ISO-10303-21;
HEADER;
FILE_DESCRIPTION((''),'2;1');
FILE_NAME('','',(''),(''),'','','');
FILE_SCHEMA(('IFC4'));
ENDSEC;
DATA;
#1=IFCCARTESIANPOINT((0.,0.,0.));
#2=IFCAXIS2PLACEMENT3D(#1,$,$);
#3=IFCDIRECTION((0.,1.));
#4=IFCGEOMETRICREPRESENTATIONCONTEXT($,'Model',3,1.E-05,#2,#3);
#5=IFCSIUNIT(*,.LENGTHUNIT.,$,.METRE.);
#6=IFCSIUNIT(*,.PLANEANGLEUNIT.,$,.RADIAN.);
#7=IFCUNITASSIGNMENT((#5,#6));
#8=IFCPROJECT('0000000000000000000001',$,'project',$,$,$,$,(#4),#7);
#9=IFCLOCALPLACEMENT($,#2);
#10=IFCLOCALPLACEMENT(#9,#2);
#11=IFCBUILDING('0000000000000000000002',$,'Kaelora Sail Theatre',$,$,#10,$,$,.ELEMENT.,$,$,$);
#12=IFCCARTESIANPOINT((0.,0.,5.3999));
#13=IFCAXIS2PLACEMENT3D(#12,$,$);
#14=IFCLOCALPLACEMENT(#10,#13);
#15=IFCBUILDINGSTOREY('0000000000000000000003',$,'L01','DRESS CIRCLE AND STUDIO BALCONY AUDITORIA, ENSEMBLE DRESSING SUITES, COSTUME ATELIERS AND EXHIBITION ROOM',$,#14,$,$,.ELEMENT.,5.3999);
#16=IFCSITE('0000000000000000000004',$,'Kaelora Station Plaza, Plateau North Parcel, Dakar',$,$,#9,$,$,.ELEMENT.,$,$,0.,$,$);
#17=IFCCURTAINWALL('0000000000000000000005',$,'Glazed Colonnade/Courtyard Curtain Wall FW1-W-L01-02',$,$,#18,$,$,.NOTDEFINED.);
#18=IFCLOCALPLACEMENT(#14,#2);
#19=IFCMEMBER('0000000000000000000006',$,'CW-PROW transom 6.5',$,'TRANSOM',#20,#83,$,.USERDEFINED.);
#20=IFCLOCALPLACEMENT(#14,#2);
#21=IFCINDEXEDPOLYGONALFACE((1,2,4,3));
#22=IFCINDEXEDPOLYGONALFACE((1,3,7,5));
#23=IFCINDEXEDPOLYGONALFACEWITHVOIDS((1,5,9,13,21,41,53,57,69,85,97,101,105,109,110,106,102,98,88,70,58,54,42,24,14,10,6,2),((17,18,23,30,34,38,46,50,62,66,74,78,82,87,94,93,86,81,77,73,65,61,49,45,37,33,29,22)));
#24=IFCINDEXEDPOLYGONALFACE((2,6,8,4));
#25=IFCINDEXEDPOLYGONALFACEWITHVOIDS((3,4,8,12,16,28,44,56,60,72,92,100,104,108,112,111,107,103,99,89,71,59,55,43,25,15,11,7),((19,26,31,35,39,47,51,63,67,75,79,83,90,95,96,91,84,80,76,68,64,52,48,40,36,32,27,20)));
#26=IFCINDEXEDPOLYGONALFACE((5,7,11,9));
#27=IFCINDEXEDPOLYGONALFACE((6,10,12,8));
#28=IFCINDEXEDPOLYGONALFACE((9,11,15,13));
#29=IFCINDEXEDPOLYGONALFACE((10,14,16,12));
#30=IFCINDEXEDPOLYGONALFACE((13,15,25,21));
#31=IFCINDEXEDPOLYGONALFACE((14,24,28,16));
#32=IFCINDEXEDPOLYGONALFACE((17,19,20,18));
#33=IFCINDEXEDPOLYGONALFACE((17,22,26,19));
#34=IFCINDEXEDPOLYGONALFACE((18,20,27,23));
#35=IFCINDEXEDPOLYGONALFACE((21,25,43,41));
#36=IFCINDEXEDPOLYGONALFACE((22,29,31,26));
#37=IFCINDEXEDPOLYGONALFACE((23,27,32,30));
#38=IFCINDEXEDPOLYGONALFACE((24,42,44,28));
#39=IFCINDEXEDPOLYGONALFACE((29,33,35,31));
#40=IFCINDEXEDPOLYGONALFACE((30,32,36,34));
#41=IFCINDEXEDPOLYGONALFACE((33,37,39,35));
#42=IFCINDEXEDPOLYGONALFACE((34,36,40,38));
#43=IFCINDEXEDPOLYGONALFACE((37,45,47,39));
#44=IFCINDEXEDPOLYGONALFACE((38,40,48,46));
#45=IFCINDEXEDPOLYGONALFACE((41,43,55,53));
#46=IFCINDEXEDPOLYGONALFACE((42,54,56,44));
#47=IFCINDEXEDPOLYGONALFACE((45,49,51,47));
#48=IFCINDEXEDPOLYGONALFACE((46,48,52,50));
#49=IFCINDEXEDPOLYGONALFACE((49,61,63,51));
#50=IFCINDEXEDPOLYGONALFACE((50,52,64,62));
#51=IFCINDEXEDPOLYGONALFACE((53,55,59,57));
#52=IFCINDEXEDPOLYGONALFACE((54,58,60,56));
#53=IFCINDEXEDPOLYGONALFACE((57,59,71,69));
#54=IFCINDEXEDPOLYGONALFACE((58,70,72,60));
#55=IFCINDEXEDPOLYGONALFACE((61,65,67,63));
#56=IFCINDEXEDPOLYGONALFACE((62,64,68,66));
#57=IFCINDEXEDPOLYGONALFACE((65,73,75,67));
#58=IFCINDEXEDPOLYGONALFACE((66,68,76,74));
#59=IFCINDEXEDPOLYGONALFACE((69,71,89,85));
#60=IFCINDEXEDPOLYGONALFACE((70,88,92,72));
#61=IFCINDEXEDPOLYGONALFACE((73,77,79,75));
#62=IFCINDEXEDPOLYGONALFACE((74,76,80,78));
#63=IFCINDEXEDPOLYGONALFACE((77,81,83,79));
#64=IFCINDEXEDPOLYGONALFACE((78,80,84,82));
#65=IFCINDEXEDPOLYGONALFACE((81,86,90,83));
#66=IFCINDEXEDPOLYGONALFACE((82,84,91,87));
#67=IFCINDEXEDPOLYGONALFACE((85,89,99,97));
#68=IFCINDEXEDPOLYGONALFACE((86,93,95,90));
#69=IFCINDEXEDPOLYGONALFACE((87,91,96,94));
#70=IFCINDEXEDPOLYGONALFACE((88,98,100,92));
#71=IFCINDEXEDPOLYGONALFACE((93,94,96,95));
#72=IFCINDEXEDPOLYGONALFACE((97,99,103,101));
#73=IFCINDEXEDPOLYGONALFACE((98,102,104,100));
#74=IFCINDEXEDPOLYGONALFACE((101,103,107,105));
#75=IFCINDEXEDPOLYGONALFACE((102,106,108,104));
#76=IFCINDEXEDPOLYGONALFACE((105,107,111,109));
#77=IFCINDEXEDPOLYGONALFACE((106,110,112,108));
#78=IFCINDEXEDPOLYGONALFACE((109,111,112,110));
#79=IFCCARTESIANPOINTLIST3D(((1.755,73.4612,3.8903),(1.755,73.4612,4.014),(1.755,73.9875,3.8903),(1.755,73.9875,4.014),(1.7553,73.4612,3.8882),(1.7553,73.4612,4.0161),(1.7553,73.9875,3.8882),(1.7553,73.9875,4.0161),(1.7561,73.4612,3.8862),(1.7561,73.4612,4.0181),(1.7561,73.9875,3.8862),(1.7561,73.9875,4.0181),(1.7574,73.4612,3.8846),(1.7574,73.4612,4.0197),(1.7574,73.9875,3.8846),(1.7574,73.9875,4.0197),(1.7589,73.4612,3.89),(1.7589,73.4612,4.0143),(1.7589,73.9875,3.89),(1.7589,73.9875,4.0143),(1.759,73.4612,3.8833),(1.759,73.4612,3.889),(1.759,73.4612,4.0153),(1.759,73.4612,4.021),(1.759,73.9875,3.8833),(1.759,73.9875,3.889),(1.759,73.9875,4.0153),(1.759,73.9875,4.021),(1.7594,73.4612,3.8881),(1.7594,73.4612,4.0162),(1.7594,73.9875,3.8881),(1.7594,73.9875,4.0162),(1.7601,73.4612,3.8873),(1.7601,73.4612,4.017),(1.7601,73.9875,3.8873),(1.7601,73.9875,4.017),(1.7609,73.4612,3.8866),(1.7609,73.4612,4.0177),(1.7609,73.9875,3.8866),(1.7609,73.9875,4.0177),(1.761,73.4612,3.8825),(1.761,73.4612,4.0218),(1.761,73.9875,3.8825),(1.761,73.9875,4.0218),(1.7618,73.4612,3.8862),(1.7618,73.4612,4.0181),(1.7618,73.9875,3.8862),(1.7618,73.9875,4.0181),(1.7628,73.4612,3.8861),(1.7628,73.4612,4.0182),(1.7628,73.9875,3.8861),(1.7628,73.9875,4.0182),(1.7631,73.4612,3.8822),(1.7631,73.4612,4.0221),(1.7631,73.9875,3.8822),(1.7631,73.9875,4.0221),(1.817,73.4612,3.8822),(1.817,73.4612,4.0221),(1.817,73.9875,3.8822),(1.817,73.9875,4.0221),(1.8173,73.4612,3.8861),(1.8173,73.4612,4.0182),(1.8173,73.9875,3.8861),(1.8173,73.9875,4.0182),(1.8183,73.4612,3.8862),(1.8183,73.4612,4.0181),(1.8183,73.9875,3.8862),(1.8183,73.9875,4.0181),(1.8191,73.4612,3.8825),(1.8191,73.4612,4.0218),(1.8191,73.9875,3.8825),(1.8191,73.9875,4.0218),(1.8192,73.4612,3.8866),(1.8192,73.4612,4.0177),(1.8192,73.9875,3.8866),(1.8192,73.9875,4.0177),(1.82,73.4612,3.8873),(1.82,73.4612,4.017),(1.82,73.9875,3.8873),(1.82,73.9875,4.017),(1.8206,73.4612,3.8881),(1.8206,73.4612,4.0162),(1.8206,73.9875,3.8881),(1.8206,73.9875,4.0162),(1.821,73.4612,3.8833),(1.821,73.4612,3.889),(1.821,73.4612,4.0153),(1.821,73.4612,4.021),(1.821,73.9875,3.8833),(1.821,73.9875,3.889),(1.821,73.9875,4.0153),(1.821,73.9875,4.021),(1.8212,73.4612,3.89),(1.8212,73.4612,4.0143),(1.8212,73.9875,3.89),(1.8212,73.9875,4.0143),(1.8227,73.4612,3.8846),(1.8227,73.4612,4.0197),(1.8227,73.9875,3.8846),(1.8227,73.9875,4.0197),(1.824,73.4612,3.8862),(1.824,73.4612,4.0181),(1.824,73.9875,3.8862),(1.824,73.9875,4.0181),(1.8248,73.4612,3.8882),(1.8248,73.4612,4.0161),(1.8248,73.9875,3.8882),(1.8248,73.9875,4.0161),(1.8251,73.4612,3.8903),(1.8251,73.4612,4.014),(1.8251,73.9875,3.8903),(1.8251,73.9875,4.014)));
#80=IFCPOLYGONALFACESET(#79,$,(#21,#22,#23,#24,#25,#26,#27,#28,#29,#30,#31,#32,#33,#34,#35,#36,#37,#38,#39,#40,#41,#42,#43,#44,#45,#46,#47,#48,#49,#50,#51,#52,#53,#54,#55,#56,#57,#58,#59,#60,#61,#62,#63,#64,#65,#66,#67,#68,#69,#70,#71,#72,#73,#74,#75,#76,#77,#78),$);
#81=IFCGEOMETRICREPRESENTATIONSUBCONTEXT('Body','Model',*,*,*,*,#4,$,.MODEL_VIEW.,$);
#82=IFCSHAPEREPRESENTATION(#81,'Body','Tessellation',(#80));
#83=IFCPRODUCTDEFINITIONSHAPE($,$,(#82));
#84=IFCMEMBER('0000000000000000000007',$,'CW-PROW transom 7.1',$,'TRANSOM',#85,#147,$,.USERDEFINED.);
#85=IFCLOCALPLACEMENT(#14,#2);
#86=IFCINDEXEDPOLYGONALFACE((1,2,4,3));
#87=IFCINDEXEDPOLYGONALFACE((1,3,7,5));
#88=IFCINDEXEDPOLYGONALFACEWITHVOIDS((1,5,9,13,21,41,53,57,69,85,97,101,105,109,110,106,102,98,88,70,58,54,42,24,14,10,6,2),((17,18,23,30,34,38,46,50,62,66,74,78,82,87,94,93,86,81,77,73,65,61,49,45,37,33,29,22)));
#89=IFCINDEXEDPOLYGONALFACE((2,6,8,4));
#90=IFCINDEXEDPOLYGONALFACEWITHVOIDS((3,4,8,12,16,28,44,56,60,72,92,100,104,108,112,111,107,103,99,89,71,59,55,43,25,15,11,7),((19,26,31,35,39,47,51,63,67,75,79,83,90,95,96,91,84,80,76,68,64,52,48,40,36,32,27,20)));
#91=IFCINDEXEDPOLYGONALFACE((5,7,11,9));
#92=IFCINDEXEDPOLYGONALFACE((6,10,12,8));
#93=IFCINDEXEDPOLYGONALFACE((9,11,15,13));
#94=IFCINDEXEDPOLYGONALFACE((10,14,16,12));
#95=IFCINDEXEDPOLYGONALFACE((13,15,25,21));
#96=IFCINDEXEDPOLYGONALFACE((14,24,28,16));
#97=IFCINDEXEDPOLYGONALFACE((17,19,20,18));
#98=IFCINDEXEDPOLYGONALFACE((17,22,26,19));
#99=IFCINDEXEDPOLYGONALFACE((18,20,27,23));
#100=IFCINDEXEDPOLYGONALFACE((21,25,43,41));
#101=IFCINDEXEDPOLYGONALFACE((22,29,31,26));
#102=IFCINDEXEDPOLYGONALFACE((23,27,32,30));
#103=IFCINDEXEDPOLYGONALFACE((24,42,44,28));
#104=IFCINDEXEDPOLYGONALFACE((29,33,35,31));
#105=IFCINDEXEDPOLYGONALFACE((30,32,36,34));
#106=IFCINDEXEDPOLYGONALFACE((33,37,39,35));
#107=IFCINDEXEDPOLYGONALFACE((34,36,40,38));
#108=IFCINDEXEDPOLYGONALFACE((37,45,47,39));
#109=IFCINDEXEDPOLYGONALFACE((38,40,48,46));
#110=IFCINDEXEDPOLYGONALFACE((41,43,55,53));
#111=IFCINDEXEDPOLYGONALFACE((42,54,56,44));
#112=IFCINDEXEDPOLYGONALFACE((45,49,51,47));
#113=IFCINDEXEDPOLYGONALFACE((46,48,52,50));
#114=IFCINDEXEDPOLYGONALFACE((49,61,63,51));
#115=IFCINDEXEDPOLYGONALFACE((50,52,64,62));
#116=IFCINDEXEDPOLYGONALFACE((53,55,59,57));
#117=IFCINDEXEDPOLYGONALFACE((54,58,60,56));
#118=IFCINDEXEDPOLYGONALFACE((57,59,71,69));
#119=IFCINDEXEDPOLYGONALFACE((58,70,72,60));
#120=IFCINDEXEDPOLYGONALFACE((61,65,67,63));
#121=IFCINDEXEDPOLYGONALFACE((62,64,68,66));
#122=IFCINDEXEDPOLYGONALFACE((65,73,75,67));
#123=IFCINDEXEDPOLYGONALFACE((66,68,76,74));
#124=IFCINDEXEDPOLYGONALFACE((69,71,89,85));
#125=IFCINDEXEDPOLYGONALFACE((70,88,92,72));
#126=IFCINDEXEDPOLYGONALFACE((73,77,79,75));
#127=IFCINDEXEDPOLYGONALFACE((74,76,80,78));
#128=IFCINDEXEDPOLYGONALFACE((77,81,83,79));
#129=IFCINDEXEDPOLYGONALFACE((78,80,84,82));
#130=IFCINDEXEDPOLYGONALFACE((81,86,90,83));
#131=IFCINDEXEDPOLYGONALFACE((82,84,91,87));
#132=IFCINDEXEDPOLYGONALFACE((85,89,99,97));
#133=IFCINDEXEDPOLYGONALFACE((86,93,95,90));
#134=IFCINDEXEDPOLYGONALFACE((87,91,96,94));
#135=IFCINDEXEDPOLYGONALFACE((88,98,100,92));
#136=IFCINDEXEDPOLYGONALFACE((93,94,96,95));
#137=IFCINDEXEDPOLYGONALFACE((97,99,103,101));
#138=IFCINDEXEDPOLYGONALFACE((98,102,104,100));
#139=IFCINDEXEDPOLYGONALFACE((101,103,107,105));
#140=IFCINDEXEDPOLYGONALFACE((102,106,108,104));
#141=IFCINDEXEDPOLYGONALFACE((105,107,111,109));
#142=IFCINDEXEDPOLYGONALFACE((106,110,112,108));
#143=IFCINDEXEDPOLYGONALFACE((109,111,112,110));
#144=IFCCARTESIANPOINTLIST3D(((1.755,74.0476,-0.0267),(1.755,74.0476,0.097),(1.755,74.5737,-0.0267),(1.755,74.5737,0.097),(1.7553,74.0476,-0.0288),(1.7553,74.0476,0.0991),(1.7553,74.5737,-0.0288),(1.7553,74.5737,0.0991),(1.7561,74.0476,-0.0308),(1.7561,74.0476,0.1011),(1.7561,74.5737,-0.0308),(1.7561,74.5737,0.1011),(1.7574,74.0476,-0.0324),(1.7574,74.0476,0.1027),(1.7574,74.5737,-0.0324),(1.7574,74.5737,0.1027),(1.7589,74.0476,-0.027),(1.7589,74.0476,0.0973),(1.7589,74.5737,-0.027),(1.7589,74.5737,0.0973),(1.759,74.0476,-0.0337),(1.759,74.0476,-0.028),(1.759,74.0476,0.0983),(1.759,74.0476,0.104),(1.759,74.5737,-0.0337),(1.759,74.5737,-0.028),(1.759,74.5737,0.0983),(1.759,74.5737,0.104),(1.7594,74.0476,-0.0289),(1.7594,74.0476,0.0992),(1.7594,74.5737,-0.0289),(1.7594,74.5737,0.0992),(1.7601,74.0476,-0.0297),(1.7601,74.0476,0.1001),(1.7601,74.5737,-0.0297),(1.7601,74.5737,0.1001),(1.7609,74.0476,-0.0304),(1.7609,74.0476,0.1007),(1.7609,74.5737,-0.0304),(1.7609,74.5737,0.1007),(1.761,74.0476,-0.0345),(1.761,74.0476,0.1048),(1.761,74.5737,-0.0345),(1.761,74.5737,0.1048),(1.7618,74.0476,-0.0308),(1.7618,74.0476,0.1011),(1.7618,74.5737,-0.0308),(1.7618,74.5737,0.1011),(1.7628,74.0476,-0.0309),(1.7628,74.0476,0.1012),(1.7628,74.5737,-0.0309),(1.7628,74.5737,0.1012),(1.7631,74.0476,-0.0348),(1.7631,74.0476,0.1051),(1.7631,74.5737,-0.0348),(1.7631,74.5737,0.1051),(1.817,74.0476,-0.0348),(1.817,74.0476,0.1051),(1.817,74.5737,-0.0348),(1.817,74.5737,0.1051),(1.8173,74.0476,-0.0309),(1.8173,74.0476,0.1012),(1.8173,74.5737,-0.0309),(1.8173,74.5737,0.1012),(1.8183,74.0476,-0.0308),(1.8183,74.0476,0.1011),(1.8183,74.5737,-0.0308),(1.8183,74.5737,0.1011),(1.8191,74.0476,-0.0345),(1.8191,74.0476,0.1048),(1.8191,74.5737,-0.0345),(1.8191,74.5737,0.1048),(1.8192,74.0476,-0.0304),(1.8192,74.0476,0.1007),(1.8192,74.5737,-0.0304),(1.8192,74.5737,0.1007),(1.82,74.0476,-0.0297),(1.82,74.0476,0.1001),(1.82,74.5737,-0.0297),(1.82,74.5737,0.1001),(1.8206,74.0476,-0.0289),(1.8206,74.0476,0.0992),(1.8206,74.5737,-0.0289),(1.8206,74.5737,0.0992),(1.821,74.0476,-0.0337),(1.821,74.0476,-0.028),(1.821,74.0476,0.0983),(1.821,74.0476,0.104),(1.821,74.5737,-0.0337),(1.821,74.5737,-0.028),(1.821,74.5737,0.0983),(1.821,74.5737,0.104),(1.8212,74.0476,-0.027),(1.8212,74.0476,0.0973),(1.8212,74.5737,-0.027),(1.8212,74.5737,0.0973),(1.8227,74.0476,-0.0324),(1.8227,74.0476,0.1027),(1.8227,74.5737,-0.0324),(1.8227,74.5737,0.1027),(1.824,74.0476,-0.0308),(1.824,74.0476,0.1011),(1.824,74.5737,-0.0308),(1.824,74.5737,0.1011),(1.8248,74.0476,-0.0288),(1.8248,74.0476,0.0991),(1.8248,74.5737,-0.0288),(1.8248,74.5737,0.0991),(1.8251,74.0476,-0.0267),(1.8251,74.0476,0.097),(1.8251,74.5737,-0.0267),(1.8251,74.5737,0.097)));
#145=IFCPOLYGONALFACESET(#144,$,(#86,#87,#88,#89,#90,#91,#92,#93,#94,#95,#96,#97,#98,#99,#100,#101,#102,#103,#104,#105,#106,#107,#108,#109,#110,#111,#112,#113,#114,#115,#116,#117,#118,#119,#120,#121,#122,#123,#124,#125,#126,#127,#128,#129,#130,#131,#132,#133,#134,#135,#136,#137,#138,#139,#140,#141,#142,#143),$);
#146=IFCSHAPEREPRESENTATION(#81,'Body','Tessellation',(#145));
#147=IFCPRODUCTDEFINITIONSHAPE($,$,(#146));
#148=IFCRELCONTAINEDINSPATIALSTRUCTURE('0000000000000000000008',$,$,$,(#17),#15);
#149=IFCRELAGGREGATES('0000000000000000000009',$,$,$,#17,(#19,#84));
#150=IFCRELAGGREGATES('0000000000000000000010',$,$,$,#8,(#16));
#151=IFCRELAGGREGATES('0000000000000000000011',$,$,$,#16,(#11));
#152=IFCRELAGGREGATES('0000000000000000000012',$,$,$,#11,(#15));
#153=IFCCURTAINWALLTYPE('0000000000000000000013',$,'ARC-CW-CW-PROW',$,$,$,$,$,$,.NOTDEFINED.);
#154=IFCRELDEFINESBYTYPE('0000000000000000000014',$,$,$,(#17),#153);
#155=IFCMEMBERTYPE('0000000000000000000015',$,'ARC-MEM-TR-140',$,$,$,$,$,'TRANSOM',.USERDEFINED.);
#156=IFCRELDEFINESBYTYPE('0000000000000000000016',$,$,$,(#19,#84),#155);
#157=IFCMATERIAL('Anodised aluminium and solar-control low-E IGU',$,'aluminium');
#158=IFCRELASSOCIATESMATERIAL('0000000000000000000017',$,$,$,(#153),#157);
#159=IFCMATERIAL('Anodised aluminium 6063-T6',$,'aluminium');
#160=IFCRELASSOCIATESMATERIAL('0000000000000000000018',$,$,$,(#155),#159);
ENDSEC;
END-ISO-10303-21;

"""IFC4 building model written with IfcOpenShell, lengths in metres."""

from ifc_helpers import new_model, si_unit, direction, frame, origin, origin_2d, place, context, subcontext, project, spatial, hollow_rectangle, extrude, material, material_profile, profile_set, type_object, element, aggregate, save


model = new_model("IFC4")

# Units and contexts
model_context = context("Model", 3, precision=1e-05, world=origin(), true_north=direction((0.0, 1.0)))
body_context = subcontext(model_context, "Body", "Model", "MODEL_VIEW")
ifc_project = project(units=[si_unit("LENGTHUNIT", "METRE"), si_unit("PLANEANGLEUNIT", "RADIAN")], contexts=[model_context])

# Site, building, storey
site_placement = place(None, origin())
site = spatial("IfcSite", under=ifc_project, at=site_placement, Name="Kaelora Station Plaza, Plateau North Parcel, Dakar", CompositionType="ELEMENT", RefElevation=0.0)
building_placement = place(site_placement, origin())
building = spatial("IfcBuilding", under=site, at=building_placement, Name="Kaelora Sail Theatre", CompositionType="ELEMENT")
storey_placement = place(building_placement, frame((0.0, 0.0, 5.3999)))
storey = spatial("IfcBuildingStorey", under=building, at=storey_placement, Name="L01", Description="DRESS CIRCLE AND STUDIO BALCONY AUDITORIA, ENSEMBLE DRESSING SUITES, COSTUME ATELIERS AND EXHIBITION ROOM", CompositionType="ELEMENT", Elevation=5.3999)

# Curtain wall, members
ifc_material_1 = material(Name="Anodised aluminium and solar-control low-E IGU", Category="aluminium")
curtain_wall_type = type_object("IfcCurtainWallType", Name="ARC-CW-CW-PROW", PredefinedType="NOTDEFINED", material=ifc_material_1)
curtain_wall_placement = place(storey_placement, origin())
curtain_wall = element("IfcCurtainWall", 1, at=curtain_wall_placement, inside=storey, type_object=curtain_wall_type, Name="Glazed Colonnade/Courtyard Curtain Wall FW1-W-L01-02", PredefinedType="NOTDEFINED")
ifc_material_2 = material(Name="Anodised aluminium 6063-T6", Category="aluminium")
ifc_material_profile_1 = material_profile(ifc_material_2, hollow_rectangle(XDim=0.0701, YDim=0.1399, WallThickness=0.0039, InnerFilletRadius=0.0039, OuterFilletRadius=0.0081, at=origin_2d()), Name="ALU-TRAN 70x140x4")
ifc_profile_set_1 = profile_set([ifc_material_profile_1], Name="Anodised aluminium 6063-T6")
member_type_1 = type_object("IfcMemberType", Name="ARC-MEM-TR-140", ElementType="TRANSOM", PredefinedType="USERDEFINED", material=ifc_profile_set_1)
member_1_placement = place(storey_placement, frame((1.79, 73.4612, 3.9521), z_axis=(0.0, 1.0, 0.0), x_axis=(-1.0, 0.0, 0.0)))
member_1 = element("IfcMember", 2, at=member_1_placement, type_object=member_type_1, Name="CW-PROW transom 6.5", ObjectType="TRANSOM", PredefinedType="USERDEFINED", context=body_context, shape_type="SweptSolid", body=[
    extrude(hollow_rectangle(XDim=0.0701, YDim=0.1399, WallThickness=0.0039, InnerFilletRadius=0.0039, OuterFilletRadius=0.0081, at=origin_2d()), origin(), (0.0, 0.0, 1.0), 0.5264),
])
member_2_placement = place(storey_placement, frame((1.79, 74.0476, 0.0352), z_axis=(0.0, 1.0, 0.0), x_axis=(-1.0, 0.0, 0.0)))
member_2 = element("IfcMember", 3, at=member_2_placement, type_object=member_type_1, Name="CW-PROW transom 7.1", ObjectType="TRANSOM", PredefinedType="USERDEFINED", context=body_context, shape_type="SweptSolid", body=[
    extrude(hollow_rectangle(XDim=0.0701, YDim=0.1399, WallThickness=0.0039, InnerFilletRadius=0.0039, OuterFilletRadius=0.0081, at=origin_2d()), origin(), (0.0, 0.0, 1.0), 0.5261),
])
aggregate(curtain_wall, [member_1, member_2])

save(model, "model.ifc")
